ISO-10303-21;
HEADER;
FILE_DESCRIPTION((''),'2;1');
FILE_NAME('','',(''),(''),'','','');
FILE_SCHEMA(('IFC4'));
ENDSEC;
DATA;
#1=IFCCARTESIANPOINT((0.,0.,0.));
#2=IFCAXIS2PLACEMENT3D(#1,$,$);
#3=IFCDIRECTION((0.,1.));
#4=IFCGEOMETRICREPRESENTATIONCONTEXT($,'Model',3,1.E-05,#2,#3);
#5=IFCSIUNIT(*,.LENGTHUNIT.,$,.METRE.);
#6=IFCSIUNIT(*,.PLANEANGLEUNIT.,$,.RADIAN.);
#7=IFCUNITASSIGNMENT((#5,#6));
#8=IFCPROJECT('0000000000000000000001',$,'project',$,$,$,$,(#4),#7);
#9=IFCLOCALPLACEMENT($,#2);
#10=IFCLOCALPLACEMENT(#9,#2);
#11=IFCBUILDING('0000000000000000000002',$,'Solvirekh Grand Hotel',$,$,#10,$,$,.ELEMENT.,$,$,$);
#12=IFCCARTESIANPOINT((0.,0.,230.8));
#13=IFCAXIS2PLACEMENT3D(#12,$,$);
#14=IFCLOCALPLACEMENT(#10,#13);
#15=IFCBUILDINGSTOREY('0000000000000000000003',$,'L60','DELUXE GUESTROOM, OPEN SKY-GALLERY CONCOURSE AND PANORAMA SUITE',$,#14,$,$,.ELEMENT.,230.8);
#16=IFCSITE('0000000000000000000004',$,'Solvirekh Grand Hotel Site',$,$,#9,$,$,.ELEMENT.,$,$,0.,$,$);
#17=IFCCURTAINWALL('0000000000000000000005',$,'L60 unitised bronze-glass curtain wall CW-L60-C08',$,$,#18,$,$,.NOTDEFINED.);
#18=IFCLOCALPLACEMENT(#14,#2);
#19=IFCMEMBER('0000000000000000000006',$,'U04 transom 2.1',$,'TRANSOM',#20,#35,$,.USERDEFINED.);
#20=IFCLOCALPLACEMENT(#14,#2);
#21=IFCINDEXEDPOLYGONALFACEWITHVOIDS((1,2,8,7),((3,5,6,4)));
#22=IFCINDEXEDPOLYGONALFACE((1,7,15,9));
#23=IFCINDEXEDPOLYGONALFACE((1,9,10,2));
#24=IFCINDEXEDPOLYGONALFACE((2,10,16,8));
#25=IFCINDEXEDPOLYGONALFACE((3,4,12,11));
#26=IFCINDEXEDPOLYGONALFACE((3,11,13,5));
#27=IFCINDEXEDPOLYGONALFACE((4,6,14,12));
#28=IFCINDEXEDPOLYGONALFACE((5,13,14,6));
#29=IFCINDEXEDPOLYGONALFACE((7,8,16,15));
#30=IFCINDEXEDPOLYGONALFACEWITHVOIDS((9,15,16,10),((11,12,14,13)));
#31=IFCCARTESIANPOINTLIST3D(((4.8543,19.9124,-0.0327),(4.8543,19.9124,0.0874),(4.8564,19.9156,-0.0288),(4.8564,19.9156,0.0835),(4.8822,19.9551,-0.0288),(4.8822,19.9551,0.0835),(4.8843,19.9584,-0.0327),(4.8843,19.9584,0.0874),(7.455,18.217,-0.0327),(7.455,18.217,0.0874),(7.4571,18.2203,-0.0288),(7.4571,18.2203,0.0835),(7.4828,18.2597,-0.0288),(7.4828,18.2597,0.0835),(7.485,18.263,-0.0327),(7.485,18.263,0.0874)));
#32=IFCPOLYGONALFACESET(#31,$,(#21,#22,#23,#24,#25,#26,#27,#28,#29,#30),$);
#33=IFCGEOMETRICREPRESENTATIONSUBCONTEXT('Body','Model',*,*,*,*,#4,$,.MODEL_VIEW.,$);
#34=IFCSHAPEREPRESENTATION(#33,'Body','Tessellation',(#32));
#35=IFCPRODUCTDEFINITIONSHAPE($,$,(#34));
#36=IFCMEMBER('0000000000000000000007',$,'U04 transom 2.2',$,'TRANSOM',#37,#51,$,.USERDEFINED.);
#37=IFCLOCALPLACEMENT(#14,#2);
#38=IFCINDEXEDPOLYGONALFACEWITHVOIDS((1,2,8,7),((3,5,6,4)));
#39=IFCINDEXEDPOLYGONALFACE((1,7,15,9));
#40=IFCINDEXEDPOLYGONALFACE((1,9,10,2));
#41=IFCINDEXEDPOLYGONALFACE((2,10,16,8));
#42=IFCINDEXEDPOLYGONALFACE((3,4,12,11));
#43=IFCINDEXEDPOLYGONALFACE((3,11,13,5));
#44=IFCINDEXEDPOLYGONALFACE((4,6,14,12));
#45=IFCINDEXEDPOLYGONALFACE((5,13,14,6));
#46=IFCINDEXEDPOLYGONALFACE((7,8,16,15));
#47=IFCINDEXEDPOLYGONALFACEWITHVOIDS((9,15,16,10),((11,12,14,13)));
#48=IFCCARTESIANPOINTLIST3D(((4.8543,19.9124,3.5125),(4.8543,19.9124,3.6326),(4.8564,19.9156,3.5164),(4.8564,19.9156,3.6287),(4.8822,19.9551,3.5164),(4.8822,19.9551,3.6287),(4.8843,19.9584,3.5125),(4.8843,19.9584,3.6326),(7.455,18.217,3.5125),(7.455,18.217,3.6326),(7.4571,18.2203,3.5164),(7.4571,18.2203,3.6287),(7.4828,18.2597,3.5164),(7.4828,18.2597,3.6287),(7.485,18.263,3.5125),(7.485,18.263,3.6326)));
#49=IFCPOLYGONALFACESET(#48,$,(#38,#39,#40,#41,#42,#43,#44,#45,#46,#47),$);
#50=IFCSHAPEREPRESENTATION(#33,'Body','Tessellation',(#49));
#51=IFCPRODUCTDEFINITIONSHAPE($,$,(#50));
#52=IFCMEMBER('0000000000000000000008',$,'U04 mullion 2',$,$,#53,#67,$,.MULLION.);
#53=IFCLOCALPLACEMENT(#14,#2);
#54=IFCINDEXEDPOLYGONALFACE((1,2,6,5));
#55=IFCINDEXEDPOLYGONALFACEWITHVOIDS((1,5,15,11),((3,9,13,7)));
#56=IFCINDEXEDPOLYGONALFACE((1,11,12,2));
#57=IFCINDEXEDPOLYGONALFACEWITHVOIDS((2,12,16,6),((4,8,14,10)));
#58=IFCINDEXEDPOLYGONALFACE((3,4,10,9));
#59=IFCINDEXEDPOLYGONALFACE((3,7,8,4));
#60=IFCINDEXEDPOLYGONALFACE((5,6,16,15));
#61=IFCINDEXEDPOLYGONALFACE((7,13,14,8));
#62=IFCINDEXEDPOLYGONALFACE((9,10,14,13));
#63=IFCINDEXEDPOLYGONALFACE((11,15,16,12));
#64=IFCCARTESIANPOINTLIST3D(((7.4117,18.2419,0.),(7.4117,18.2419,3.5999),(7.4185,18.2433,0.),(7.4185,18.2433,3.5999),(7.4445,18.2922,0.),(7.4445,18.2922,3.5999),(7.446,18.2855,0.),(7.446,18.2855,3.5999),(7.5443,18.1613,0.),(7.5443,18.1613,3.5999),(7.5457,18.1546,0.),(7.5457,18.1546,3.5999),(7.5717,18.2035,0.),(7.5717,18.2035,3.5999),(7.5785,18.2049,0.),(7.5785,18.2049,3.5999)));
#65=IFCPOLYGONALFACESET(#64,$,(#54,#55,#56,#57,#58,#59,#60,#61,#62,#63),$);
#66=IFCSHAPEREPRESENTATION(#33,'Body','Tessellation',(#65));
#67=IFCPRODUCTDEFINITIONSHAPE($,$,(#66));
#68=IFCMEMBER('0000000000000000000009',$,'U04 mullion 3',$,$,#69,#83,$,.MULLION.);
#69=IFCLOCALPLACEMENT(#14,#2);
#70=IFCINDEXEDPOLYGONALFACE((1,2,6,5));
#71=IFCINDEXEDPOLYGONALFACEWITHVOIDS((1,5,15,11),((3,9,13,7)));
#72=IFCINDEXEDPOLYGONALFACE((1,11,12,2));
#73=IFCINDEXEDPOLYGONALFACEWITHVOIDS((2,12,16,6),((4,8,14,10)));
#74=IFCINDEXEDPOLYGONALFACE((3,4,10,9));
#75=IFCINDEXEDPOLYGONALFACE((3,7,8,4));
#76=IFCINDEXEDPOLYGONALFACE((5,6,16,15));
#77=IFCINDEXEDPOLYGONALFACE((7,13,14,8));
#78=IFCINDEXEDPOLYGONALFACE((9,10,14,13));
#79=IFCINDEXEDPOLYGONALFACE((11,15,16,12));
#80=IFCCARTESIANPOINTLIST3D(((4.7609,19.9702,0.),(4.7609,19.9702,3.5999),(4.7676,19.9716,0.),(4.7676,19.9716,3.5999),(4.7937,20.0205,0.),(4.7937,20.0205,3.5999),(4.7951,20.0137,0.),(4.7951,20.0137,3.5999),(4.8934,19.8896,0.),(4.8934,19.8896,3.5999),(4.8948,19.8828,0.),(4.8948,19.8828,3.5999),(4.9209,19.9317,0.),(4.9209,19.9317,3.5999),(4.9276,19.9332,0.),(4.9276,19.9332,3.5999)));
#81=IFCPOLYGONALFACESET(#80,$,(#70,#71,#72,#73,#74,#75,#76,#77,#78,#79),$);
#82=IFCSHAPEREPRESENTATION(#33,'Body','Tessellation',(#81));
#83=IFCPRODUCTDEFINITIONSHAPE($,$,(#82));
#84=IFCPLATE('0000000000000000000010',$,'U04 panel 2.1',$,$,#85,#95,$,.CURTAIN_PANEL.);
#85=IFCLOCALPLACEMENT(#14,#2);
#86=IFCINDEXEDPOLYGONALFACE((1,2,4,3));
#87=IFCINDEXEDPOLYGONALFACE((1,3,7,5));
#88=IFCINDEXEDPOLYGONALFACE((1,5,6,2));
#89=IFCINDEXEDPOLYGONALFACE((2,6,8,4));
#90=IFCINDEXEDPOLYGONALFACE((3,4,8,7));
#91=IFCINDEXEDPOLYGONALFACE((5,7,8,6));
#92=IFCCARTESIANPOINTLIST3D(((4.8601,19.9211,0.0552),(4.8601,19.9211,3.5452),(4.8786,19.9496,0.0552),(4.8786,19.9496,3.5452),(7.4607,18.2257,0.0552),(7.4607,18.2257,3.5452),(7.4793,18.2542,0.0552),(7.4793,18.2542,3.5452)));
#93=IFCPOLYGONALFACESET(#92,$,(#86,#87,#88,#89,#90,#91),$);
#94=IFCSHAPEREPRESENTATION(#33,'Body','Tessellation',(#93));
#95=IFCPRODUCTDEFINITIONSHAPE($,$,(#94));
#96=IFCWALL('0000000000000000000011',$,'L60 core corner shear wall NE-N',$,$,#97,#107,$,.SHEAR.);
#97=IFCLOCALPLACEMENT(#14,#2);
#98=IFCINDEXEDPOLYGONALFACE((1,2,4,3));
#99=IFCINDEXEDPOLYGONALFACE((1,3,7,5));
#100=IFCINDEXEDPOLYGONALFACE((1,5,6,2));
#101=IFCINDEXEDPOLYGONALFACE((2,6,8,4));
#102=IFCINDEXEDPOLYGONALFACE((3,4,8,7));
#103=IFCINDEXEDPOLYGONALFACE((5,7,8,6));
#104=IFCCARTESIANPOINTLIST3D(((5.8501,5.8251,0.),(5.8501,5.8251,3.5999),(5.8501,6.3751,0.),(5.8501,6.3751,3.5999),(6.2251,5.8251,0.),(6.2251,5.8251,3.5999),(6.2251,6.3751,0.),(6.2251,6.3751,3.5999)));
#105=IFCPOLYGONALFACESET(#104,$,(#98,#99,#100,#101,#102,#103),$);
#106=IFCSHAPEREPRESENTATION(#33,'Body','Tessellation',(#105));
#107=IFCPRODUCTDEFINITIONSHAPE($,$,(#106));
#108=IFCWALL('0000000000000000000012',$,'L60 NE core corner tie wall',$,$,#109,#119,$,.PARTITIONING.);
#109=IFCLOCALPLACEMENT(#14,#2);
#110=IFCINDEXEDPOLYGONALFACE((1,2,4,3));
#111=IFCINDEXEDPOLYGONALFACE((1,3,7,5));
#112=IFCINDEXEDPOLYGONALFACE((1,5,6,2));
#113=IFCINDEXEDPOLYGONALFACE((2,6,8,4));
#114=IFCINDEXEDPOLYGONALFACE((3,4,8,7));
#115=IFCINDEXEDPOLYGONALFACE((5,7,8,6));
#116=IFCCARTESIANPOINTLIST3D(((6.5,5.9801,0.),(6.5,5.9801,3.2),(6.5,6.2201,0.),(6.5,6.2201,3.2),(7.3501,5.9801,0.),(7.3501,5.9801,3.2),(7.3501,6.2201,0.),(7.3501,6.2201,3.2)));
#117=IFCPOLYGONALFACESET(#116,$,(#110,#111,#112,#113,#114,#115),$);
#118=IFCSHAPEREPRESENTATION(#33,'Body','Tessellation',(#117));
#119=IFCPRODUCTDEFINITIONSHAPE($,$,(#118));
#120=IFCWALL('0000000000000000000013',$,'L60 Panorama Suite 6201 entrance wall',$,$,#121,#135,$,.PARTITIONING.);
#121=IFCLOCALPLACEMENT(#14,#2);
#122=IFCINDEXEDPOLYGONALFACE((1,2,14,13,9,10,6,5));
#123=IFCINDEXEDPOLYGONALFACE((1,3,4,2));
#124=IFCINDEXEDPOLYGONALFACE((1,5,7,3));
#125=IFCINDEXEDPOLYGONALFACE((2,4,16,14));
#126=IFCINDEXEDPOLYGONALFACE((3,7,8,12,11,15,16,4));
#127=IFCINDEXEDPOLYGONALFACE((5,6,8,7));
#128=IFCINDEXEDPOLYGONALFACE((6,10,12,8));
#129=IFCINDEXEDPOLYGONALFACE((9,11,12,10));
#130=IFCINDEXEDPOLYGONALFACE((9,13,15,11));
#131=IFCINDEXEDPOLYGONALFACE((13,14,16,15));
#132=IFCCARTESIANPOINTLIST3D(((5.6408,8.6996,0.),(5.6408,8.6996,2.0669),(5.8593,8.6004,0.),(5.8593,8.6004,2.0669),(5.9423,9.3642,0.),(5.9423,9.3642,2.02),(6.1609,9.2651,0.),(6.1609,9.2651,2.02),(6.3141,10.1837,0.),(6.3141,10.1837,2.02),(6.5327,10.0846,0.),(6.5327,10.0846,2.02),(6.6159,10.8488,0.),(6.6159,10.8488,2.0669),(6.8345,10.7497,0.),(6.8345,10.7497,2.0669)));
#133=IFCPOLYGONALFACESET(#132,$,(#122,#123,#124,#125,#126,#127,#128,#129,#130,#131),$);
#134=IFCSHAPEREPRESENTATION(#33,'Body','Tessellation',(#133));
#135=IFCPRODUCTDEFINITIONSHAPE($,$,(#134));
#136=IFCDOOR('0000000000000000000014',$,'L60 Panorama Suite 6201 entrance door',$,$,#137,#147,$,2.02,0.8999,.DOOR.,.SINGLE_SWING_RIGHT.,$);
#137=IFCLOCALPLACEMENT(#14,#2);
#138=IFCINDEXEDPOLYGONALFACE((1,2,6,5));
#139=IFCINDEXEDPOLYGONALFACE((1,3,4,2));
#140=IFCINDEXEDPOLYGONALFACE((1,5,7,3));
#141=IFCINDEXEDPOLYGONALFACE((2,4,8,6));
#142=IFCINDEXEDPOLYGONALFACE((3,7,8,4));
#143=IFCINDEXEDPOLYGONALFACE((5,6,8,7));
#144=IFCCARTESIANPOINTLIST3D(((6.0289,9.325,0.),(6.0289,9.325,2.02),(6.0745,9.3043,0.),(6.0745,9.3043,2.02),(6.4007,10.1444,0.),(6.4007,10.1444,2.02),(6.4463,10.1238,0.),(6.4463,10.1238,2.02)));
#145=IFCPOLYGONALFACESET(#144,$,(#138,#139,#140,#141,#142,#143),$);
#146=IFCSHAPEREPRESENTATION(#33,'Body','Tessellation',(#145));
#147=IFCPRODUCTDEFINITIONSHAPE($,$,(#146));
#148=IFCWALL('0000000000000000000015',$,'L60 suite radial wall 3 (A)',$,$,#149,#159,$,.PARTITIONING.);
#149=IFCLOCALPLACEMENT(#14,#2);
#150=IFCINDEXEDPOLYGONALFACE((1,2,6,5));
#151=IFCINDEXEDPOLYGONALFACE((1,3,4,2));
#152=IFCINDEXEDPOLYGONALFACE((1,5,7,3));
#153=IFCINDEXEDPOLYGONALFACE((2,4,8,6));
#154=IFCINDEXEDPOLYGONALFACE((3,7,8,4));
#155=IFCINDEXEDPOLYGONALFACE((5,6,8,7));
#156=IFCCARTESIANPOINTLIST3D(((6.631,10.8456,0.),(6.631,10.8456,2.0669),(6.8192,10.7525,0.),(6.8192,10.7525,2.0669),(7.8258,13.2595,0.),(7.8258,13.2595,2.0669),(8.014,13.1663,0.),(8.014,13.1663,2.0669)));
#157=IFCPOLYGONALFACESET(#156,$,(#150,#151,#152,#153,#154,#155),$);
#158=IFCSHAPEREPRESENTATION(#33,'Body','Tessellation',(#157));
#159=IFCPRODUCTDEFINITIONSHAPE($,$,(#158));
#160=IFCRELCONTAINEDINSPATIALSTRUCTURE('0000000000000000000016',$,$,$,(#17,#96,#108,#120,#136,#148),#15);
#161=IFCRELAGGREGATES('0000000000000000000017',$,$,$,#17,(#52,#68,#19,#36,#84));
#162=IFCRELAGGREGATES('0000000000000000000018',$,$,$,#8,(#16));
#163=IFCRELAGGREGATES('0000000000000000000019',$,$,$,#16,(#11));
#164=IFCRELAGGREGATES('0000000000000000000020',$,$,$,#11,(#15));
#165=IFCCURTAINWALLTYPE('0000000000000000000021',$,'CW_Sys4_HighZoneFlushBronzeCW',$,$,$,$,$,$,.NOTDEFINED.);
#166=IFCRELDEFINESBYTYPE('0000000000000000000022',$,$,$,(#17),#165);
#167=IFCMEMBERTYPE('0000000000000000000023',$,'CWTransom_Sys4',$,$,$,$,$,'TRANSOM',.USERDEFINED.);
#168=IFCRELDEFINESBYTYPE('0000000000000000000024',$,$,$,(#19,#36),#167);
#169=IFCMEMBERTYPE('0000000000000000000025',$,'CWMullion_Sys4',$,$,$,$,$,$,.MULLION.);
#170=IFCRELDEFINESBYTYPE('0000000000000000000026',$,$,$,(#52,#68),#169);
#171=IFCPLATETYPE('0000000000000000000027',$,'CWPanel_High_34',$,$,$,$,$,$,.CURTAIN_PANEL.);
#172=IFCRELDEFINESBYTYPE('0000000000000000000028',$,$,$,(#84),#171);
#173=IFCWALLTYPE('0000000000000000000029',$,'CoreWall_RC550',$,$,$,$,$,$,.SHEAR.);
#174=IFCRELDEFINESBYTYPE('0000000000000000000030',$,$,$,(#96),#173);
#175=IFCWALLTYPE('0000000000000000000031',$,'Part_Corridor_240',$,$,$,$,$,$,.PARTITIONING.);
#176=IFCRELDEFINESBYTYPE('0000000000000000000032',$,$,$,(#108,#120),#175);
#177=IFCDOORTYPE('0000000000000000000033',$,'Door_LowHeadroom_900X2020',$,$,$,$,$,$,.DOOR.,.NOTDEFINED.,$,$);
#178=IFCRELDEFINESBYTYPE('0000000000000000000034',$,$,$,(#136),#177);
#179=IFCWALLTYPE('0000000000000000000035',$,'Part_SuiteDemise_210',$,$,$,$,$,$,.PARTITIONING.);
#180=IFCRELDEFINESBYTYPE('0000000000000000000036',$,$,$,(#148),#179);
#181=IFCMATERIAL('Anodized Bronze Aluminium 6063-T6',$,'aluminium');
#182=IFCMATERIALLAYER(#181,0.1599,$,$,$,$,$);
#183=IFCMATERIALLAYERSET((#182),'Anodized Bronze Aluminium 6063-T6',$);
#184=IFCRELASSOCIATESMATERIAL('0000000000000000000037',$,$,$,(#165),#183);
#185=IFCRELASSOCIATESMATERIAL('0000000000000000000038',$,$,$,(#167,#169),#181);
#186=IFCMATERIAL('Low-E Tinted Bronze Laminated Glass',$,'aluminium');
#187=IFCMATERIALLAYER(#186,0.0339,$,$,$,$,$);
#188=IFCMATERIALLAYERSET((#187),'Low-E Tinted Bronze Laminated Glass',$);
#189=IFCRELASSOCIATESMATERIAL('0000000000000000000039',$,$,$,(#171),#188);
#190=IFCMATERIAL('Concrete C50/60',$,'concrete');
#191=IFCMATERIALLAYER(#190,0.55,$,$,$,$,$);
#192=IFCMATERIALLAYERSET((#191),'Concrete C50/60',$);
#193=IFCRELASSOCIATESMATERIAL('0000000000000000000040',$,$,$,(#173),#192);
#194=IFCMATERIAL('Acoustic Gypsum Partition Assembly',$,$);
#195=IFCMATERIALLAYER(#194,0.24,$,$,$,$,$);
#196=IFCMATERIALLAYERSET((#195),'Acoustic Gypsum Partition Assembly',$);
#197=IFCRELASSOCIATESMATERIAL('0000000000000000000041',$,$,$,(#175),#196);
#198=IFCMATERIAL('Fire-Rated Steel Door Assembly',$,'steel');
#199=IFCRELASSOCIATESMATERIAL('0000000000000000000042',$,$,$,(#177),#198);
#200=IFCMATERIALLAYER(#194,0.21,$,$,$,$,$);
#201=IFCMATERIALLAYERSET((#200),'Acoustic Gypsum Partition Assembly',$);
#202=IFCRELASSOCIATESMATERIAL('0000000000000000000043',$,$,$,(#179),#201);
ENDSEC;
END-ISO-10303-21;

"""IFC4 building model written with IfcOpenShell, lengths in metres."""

from ifc_helpers import new_model, si_unit, direction, frame, frame_2d, origin, origin_2d, place, context, subcontext, project, spatial, rectangle, hollow_rectangle, extrude, source, transform, mapped, material, layer, layer_set, material_profile, profile_set, type_object, element, fill, aggregate, save


model = new_model("IFC4")

# Units and contexts
model_context = context("Model", 3, precision=1e-05, world=origin(), true_north=direction((0.0, 1.0)))
body_context = subcontext(model_context, "Body", "Model", "MODEL_VIEW")
ifc_project = project(units=[si_unit("LENGTHUNIT", "METRE"), si_unit("PLANEANGLEUNIT", "RADIAN")], contexts=[model_context])

# Site, building, storey
site_placement = place(None, origin())
site = spatial("IfcSite", under=ifc_project, at=site_placement, Name="Solvirekh Grand Hotel Site", CompositionType="ELEMENT", RefElevation=0.0)
building_placement = place(site_placement, origin())
building = spatial("IfcBuilding", under=site, at=building_placement, Name="Solvirekh Grand Hotel", CompositionType="ELEMENT")
storey_placement = place(building_placement, frame((0.0, 0.0, 230.8)))
storey = spatial("IfcBuildingStorey", under=building, at=storey_placement, Name="L60", Description="DELUXE GUESTROOM, OPEN SKY-GALLERY CONCOURSE AND PANORAMA SUITE", CompositionType="ELEMENT", Elevation=230.8)

# Shared definitions
ifc_material_1 = material(Name="Concrete C50/60", Category="concrete")

# Curtain wall, members, plate
ifc_material_2 = material(Name="Anodized Bronze Aluminium 6063-T6", Category="aluminium")
ifc_layer_1 = layer(ifc_material_2, 0.1599)
ifc_layer_set_1 = layer_set([ifc_layer_1], Name="Anodized Bronze Aluminium 6063-T6")
curtain_wall_type = type_object("IfcCurtainWallType", Name="CW_Sys4_HighZoneFlushBronzeCW", PredefinedType="NOTDEFINED", material=ifc_layer_set_1)
curtain_wall_placement = place(storey_placement, origin())
curtain_wall = element("IfcCurtainWall", 1, at=curtain_wall_placement, inside=storey, type_object=curtain_wall_type, Name="L60 unitised bronze-glass curtain wall CW-L60-C08", PredefinedType="NOTDEFINED")
ifc_material_profile_1 = material_profile(ifc_material_2, hollow_rectangle(XDim=0.0549, YDim=0.1201, WallThickness=0.0039, at=origin_2d()), Name="ALU RHS 120X55X4")
ifc_profile_set_1 = profile_set([ifc_material_profile_1], Name="Anodized Bronze Aluminium 6063-T6")
member_type_1 = type_object("IfcMemberType", Name="CWTransom_Sys4", ElementType="TRANSOM", PredefinedType="USERDEFINED", material=ifc_profile_set_1)
shared_shape_1 = source(origin(), body_context, "Body", "SweptSolid", [
    extrude(hollow_rectangle(XDim=0.0549, YDim=0.1201, WallThickness=0.0039, at=origin_2d()), origin(), (0.0, 0.0, 1.0), 3.1045),
])
member_1_placement = place(storey_placement, frame((7.47, 18.24, 0.0273), z_axis=(-0.837717, 0.546105, 0.0), x_axis=(-0.546105, -0.837717, 0.0)))
member_1 = element("IfcMember", 2, at=member_1_placement, type_object=member_type_1, Name="U04 transom 2.1", ObjectType="TRANSOM", PredefinedType="USERDEFINED", context=body_context, shape_type="MappedRepresentation", body=[
    mapped(shared_shape_1, transform((0.0, 0.0, 0.0), x_axis=(1.0, 0.0, 0.0), y_axis=(0.0, 1.0, 0.0), z_axis=(0.0, 0.0, 1.0), scale=1.0)),
])
member_2_placement = place(storey_placement, frame((7.47, 18.24, 3.5725), z_axis=(-0.837717, 0.546105, 0.0), x_axis=(-0.546105, -0.837717, 0.0)))
member_2 = element("IfcMember", 3, at=member_2_placement, type_object=member_type_1, Name="U04 transom 2.2", ObjectType="TRANSOM", PredefinedType="USERDEFINED", context=body_context, shape_type="MappedRepresentation", body=[
    mapped(shared_shape_1, transform((0.0, 0.0, 0.0), x_axis=(1.0, 0.0, 0.0), y_axis=(0.0, 1.0, 0.0), z_axis=(0.0, 0.0, 1.0), scale=1.0)),
])
ifc_material_profile_2 = material_profile(ifc_material_2, hollow_rectangle(XDim=0.0601, YDim=0.1599, WallThickness=0.0049, at=origin_2d()), Name="ALU RHS 160X60X5")
ifc_profile_set_2 = profile_set([ifc_material_profile_2], Name="Anodized Bronze Aluminium 6063-T6")
member_type_2 = type_object("IfcMemberType", Name="CWMullion_Sys4", PredefinedType="MULLION", material=ifc_profile_set_2)
shared_shape_2 = source(origin(), body_context, "Body", "SweptSolid", [
    extrude(hollow_rectangle(XDim=0.0601, YDim=0.1599, WallThickness=0.0049, at=origin_2d()), origin(), (0.0, 0.0, 1.0), 3.5999),
])
member_3_placement = place(storey_placement, frame((7.4951, 18.2234, 0.0), z_axis=(0.0, 0.0, 1.0), x_axis=(-0.54611, -0.837713, 0.0)))
member_3 = element("IfcMember", 4, at=member_3_placement, type_object=member_type_2, Name="U04 mullion 2", PredefinedType="MULLION", context=body_context, shape_type="MappedRepresentation", body=[
    mapped(shared_shape_2, transform((0.0, 0.0, 0.0), x_axis=(1.0, 0.0, 0.0), y_axis=(0.0, 1.0, 0.0), z_axis=(0.0, 0.0, 1.0), scale=1.0)),
])
member_4_placement = place(storey_placement, frame((4.8442, 19.9517, 0.0), z_axis=(0.0, 0.0, 1.0), x_axis=(-0.54611, -0.837713, 0.0)))
member_4 = element("IfcMember", 5, at=member_4_placement, type_object=member_type_2, Name="U04 mullion 3", PredefinedType="MULLION", context=body_context, shape_type="MappedRepresentation", body=[
    mapped(shared_shape_2, transform((0.0, 0.0, 0.0), x_axis=(1.0, 0.0, 0.0), y_axis=(0.0, 1.0, 0.0), z_axis=(0.0, 0.0, 1.0), scale=1.0)),
])
ifc_material_3 = material(Name="Low-E Tinted Bronze Laminated Glass", Category="aluminium")
ifc_layer_2 = layer(ifc_material_3, 0.0339)
ifc_layer_set_2 = layer_set([ifc_layer_2], Name="Low-E Tinted Bronze Laminated Glass")
plate_type = type_object("IfcPlateType", Name="CWPanel_High_34", PredefinedType="CURTAIN_PANEL", material=ifc_layer_set_2)
shared_shape_3 = source(origin(), body_context, "Body", "SweptSolid", [
    extrude(rectangle(XDim=3.1045, YDim=0.0339, at=origin_2d()), origin(), (0.0, 0.0, 1.0), 3.49),
])
plate_placement = place(storey_placement, frame((6.1697, 19.0876, 0.0552), z_axis=(0.0, 0.0, 1.0), x_axis=(-0.837713, 0.54611, 0.0)))
plate = element("IfcPlate", 6, at=plate_placement, type_object=plate_type, Name="U04 panel 2.1", PredefinedType="CURTAIN_PANEL", context=body_context, shape_type="MappedRepresentation", body=[
    mapped(shared_shape_3, transform((0.0, 0.0, 0.0), x_axis=(1.0, 0.0, 0.0), y_axis=(0.0, 1.0, 0.0), z_axis=(0.0, 0.0, 1.0), scale=1.0)),
])
aggregate(curtain_wall, [member_3, member_4, member_1, member_2, plate])

# Walls
ifc_layer_3 = layer(ifc_material_1, 0.55)
ifc_layer_set_3 = layer_set([ifc_layer_3], Name="Concrete C50/60")
wall_type_1 = type_object("IfcWallType", Name="CoreWall_RC550", PredefinedType="SHEAR", material=ifc_layer_set_3)
wall_1_placement = place(storey_placement, frame((5.8501, 6.1001, 0.0), z_axis=(0.0, 0.0, 1.0), x_axis=(1.0, 0.0, 0.0)))
element("IfcWall", 7, at=wall_1_placement, inside=storey, type_object=wall_type_1, Name="L60 core corner shear wall NE-N", PredefinedType="SHEAR", context=body_context, shape_type="SweptSolid", body=[
    extrude(rectangle(XDim=0.375, YDim=0.55, at=frame_2d((0.1875, 0.0))), origin(), (0.0, 0.0, 1.0), 3.5999),
])
ifc_material_4 = material(Name="Acoustic Gypsum Partition Assembly")
ifc_layer_4 = layer(ifc_material_4, 0.24)
ifc_layer_set_4 = layer_set([ifc_layer_4], Name="Acoustic Gypsum Partition Assembly")
wall_type_2 = type_object("IfcWallType", Name="Part_Corridor_240", PredefinedType="PARTITIONING", material=ifc_layer_set_4)
wall_2_placement = place(storey_placement, frame((6.5, 6.1001, 0.0), z_axis=(0.0, 0.0, 1.0), x_axis=(1.0, 0.0, 0.0)))
element("IfcWall", 8, at=wall_2_placement, inside=storey, type_object=wall_type_2, Name="L60 NE core corner tie wall", PredefinedType="PARTITIONING", context=body_context, shape_type="SweptSolid", body=[
    extrude(rectangle(XDim=0.8501, YDim=0.24, at=frame_2d((0.425, 0.0))), origin(), (0.0, 0.0, 1.0), 3.2),
])

# Wall, opening, door
wall_3_placement = place(storey_placement, frame((5.75, 8.6499, 0.0), z_axis=(0.0, 0.0, 1.0), x_axis=(0.413172, 0.910653, 0.0)))
wall_3 = element("IfcWall", 9, at=wall_3_placement, inside=storey, type_object=wall_type_2, Name="L60 Panorama Suite 6201 entrance wall", PredefinedType="PARTITIONING", context=body_context, shape_type="SweptSolid", body=[
    extrude(rectangle(XDim=2.3601, YDim=0.24, at=frame_2d((1.1802, 0.0))), origin(), (0.0, 0.0, 1.0), 2.0669),
])
opening_placement = place(wall_3_placement, frame((0.73, 0.0, 0.0)))
opening = element("IfcOpeningElement", 10, at=opening_placement, cuts=wall_3, PredefinedType="OPENING", context=body_context, shape_type="SweptSolid", body=[
    extrude(rectangle(XDim=0.8999, YDim=2.02, at=frame_2d((0.45, 1.01))), frame((0.0, 0.1299, 0.0), z_axis=(0.0, -1.0, 0.0), x_axis=(1.0, 0.0, 0.0)), (0.0, 0.0, 1.0), 0.26),
])
ifc_material_5 = material(Name="Fire-Rated Steel Door Assembly", Category="steel")
door_type = type_object("IfcDoorType", Name="Door_LowHeadroom_900X2020", OperationType="NOTDEFINED", PredefinedType="DOOR", material=ifc_material_5)
door_placement = place(opening_placement, origin())
door = element("IfcDoor", 11, at=door_placement, inside=storey, type_object=door_type, Name="L60 Panorama Suite 6201 entrance door", OperationType="SINGLE_SWING_RIGHT", OverallHeight=2.02, OverallWidth=0.8999, PredefinedType="DOOR", context=body_context, shape_type="SweptSolid", body=[
    extrude(rectangle(XDim=0.8999, YDim=2.02, at=frame_2d((0.45, 1.01))), frame((0.0, 0.0249, 0.0), z_axis=(0.0, -1.0, 0.0), x_axis=(1.0, 0.0, 0.0)), (0.0, 0.0, 1.0), 0.05),
])
fill(opening, door)

# Wall
ifc_layer_5 = layer(ifc_material_4, 0.21)
ifc_layer_set_5 = layer_set([ifc_layer_5], Name="Acoustic Gypsum Partition Assembly")
wall_type_3 = type_object("IfcWallType", Name="Part_SuiteDemise_210", PredefinedType="PARTITIONING", material=ifc_layer_set_5)
wall_4_placement = place(storey_placement, frame((6.7251, 10.7991, 0.0), z_axis=(0.0, 0.0, 1.0), x_axis=(0.44362, 0.896215, 0.0)))
element("IfcWall", 12, at=wall_4_placement, inside=storey, type_object=wall_type_3, Name="L60 suite radial wall 3 (A)", PredefinedType="PARTITIONING", context=body_context, shape_type="SweptSolid", body=[
    extrude(rectangle(XDim=2.6934, YDim=0.21, at=frame_2d((1.3467, 0.0))), origin(), (0.0, 0.0, 1.0), 2.0669),
])

save(model, "model.ifc")
